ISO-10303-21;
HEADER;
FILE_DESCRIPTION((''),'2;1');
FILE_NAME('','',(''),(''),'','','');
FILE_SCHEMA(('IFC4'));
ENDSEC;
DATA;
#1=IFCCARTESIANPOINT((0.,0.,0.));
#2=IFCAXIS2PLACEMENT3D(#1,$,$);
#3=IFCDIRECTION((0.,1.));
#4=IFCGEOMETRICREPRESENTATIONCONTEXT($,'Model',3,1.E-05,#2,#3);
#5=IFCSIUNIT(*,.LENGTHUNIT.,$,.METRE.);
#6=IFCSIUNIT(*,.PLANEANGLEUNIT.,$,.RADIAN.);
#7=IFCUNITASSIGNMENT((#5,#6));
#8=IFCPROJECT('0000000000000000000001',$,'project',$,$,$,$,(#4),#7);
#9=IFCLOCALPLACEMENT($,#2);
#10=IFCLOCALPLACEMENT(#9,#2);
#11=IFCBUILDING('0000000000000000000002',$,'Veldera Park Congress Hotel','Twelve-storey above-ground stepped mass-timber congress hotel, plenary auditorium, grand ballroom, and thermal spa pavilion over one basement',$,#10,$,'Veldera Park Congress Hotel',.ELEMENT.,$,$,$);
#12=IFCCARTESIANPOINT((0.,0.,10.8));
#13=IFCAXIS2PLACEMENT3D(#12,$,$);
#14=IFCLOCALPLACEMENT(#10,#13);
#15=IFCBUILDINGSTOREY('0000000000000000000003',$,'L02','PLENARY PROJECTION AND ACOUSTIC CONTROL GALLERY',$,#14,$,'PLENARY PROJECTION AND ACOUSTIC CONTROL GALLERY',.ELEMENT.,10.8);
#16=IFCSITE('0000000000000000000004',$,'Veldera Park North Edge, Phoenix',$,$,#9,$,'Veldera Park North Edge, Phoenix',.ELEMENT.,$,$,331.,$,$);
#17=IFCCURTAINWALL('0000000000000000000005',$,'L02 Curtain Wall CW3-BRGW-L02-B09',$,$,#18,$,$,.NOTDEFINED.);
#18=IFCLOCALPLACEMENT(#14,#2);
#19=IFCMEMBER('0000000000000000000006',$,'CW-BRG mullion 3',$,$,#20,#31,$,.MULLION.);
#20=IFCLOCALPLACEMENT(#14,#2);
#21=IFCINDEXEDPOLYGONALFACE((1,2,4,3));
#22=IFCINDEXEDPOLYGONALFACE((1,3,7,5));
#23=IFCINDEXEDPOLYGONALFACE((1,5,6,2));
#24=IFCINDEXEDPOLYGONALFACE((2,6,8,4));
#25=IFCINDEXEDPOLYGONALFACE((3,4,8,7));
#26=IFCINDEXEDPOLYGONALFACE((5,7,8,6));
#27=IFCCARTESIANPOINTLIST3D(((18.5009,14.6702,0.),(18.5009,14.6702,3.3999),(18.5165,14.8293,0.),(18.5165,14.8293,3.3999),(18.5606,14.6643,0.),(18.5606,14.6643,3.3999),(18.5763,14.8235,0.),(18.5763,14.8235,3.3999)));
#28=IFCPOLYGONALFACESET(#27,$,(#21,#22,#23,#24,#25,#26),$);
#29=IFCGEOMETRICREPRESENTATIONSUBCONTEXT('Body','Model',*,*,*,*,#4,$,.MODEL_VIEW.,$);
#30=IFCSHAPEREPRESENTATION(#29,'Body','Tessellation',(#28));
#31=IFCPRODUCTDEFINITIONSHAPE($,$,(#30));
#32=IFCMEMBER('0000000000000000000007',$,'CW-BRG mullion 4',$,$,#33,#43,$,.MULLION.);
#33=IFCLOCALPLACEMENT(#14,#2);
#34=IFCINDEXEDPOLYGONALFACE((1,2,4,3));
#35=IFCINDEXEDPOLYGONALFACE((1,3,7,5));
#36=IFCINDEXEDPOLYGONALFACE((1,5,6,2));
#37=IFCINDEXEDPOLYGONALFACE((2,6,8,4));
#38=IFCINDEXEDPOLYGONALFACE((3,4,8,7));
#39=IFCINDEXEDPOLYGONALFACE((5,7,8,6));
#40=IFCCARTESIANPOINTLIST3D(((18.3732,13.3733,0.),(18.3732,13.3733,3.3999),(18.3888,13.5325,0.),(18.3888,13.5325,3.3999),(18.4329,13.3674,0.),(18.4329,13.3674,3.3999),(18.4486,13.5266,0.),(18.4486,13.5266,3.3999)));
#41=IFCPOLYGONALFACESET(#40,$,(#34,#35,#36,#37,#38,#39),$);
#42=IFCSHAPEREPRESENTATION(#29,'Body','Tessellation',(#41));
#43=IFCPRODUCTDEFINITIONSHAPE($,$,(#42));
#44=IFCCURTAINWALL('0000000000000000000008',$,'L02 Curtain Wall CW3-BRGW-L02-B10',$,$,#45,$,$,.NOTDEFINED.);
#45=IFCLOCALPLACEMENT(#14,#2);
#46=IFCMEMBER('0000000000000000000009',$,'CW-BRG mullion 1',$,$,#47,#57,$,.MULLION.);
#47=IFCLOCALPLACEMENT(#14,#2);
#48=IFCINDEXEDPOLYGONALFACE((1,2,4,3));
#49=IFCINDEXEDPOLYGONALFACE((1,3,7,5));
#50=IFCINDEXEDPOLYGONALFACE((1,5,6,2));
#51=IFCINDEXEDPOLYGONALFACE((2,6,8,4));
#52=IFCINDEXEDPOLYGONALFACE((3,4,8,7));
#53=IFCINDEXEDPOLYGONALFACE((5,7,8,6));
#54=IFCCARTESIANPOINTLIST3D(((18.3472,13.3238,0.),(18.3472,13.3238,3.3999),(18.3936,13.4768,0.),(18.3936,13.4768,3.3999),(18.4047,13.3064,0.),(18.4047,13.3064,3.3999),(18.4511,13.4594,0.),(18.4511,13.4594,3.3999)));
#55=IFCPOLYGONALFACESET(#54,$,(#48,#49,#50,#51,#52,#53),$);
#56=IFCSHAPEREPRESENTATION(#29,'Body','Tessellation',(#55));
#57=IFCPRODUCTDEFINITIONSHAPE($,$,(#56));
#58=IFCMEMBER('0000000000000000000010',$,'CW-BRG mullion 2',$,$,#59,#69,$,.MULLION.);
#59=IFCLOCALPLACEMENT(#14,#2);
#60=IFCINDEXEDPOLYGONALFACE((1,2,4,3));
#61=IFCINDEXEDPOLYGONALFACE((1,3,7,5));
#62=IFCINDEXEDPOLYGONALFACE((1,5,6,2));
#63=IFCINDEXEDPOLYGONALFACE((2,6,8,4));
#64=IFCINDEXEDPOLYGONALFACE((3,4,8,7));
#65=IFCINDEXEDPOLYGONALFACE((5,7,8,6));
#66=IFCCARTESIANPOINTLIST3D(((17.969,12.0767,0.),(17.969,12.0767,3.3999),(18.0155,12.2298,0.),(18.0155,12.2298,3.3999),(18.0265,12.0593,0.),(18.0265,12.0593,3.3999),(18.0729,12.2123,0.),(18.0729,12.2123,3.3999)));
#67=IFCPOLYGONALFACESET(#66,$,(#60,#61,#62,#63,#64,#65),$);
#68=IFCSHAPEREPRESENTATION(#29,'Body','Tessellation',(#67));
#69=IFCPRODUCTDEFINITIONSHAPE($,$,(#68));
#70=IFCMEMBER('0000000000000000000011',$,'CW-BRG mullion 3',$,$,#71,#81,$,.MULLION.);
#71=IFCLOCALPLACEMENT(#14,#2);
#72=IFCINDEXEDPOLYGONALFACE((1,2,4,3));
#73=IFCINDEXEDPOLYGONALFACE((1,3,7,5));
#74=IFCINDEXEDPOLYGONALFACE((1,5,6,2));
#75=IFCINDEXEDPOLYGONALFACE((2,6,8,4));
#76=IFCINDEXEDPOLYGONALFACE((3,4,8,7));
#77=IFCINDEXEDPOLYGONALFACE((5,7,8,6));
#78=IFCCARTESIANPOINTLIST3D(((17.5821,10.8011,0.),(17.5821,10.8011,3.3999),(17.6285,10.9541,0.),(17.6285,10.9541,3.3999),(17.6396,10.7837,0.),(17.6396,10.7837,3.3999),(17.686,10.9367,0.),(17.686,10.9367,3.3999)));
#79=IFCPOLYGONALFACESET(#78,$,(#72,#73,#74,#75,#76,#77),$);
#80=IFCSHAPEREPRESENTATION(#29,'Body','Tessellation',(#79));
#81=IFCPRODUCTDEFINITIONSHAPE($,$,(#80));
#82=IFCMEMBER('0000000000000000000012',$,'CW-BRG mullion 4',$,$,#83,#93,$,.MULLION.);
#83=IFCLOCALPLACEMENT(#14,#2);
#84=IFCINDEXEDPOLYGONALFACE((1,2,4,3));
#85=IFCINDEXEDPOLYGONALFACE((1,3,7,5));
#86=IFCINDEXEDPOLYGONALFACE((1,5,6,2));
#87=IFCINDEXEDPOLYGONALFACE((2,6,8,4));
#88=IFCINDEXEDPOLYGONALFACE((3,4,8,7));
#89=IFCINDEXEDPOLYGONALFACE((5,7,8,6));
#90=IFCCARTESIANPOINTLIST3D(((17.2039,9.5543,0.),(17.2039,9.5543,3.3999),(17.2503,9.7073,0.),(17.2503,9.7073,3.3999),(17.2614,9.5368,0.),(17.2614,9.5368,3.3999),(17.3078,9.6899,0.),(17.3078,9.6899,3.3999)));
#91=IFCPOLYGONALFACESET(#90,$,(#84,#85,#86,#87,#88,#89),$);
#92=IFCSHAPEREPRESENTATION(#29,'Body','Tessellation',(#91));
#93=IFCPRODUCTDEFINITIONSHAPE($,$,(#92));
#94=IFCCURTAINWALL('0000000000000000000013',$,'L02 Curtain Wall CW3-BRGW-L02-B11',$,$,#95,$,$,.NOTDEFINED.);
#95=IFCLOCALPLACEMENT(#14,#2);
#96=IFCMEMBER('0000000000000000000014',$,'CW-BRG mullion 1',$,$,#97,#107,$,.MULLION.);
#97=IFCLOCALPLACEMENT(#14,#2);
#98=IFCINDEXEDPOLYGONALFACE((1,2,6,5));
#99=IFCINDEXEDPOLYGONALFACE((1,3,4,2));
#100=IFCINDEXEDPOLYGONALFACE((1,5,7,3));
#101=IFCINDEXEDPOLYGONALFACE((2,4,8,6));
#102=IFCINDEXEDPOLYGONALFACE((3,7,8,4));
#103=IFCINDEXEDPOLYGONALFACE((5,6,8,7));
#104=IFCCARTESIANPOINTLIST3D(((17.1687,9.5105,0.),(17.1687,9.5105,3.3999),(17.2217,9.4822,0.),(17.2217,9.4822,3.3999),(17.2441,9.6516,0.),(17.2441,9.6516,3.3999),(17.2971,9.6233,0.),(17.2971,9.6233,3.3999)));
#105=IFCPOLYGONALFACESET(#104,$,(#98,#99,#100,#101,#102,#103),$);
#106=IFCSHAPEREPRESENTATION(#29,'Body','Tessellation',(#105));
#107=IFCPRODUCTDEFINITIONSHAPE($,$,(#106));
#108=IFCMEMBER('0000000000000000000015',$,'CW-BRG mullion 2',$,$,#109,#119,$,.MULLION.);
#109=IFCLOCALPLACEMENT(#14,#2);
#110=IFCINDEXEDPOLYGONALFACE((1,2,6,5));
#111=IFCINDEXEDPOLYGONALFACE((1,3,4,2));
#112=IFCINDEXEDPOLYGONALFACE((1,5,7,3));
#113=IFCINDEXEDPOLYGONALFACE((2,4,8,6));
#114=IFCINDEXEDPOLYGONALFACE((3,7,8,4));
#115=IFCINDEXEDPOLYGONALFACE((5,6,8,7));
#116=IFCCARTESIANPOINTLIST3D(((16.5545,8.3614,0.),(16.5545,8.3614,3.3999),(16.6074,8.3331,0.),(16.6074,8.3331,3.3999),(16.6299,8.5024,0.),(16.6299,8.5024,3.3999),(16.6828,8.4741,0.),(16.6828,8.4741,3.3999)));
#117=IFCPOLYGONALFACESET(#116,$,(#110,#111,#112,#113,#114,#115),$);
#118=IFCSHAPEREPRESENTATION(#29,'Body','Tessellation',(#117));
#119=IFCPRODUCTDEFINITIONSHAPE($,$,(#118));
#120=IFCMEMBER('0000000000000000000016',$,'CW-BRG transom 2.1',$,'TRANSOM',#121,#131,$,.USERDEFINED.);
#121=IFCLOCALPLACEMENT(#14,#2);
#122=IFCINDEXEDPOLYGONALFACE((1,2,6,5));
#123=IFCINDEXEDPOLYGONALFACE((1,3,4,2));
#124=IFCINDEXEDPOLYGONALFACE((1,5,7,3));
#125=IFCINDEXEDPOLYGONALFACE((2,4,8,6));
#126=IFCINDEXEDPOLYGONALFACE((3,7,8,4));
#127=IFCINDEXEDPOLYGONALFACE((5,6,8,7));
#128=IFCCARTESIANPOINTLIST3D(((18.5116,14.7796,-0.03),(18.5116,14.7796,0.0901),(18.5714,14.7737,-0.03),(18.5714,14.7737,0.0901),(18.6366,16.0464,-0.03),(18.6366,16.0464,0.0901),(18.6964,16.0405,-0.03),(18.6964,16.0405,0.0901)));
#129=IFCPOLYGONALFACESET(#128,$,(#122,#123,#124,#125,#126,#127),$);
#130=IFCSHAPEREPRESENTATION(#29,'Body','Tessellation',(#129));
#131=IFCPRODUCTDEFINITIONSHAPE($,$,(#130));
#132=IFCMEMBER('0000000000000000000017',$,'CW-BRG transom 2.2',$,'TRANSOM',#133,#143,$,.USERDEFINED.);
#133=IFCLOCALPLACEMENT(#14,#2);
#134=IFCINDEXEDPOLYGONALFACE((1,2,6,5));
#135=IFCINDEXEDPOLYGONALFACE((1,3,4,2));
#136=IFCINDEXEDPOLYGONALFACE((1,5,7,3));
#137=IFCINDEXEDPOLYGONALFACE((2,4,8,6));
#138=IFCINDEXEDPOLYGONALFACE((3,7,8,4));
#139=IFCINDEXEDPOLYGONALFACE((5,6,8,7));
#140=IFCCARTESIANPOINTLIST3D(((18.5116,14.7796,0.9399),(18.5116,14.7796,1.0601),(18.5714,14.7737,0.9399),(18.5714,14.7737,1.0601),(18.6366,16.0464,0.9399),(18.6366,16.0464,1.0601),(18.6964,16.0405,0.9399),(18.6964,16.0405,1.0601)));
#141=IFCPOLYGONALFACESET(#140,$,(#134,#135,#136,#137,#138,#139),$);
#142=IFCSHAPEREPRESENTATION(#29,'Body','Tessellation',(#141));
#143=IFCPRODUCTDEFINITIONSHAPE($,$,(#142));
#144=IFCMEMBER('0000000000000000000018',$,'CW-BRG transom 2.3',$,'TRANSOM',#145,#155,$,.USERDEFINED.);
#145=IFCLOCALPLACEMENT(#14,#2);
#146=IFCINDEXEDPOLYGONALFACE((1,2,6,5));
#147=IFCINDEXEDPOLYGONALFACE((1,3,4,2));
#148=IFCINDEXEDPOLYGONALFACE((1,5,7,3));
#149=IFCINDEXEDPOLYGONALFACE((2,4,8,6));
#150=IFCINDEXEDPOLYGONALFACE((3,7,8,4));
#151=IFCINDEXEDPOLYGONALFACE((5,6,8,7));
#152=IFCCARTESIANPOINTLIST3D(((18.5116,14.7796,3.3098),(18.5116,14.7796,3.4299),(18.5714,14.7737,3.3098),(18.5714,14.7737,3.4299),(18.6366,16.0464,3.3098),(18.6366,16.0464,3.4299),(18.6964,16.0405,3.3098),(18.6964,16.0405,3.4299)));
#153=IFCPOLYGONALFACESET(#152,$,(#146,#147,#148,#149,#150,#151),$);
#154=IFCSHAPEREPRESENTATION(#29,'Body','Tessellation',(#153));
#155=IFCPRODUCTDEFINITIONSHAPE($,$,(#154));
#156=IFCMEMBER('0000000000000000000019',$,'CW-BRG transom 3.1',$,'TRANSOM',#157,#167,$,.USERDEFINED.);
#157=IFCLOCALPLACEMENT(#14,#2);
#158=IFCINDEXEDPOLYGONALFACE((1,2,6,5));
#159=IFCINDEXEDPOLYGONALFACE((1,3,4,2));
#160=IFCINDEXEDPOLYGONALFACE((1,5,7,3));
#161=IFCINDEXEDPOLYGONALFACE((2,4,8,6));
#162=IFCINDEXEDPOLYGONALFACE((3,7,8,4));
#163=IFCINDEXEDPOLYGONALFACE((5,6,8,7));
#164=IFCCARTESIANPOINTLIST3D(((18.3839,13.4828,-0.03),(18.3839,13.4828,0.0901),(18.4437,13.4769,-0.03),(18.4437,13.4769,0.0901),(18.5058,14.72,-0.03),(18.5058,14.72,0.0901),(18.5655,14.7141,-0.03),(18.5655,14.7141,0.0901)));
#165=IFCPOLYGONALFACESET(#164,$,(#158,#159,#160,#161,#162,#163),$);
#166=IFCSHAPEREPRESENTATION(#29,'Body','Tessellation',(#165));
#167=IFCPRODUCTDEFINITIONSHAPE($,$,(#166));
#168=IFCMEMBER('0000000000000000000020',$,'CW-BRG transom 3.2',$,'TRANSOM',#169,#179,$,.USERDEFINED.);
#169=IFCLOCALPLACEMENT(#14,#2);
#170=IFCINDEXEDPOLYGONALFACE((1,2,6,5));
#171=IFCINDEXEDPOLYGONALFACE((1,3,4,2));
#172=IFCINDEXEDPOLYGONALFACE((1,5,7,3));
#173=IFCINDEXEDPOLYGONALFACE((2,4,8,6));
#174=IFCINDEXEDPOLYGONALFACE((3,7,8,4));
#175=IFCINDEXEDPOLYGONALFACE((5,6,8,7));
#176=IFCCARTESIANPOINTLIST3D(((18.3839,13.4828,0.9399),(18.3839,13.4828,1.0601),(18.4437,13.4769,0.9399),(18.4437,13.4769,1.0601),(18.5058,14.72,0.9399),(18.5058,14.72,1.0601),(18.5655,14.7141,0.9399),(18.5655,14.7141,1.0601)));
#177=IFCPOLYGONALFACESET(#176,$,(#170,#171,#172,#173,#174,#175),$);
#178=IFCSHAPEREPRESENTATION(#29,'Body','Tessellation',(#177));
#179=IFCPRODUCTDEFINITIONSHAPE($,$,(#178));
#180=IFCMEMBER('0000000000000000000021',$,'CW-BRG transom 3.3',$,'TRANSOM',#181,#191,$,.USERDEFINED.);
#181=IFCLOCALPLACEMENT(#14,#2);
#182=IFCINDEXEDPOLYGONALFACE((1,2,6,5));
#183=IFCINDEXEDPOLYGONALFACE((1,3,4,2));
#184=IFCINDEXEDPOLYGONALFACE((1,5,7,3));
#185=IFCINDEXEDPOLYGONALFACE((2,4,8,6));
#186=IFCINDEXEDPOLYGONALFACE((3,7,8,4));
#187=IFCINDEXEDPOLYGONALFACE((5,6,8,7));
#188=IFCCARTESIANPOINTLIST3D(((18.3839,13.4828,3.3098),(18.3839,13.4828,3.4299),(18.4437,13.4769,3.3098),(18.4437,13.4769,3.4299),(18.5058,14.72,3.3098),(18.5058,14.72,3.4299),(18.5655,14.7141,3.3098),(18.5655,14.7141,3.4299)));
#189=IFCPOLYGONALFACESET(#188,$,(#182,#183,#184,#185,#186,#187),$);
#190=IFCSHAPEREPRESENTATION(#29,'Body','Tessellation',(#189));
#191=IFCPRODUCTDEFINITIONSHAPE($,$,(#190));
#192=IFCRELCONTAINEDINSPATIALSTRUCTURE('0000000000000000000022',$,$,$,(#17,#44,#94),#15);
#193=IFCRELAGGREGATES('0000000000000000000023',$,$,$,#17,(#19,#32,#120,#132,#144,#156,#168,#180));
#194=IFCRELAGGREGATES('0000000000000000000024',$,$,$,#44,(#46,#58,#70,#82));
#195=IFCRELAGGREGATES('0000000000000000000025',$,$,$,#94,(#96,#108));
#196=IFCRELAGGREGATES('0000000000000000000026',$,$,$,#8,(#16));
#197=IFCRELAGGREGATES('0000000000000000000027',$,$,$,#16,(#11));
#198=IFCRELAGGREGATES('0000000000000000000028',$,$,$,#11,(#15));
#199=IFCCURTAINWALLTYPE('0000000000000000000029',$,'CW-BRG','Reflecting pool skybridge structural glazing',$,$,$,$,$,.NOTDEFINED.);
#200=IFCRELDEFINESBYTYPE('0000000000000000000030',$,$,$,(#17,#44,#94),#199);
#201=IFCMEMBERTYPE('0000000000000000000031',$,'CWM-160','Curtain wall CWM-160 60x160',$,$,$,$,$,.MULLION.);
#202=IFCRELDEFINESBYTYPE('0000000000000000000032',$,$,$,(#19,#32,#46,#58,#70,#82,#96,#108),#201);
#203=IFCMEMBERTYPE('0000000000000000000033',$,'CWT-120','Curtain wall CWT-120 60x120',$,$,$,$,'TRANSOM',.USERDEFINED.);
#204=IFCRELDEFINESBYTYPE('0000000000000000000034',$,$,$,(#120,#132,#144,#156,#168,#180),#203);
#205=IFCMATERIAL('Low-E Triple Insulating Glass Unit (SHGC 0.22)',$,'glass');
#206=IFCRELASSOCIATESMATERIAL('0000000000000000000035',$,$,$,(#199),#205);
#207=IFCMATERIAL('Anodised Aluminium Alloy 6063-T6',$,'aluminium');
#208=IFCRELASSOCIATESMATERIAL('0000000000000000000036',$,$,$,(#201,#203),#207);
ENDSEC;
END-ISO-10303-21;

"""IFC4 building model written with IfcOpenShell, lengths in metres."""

from ifc_helpers import new_model, si_unit, direction, frame, origin, origin_2d, place, context, subcontext, project, spatial, rectangle, extrude, material, material_profile, profile_set, type_object, element, aggregate, save


model = new_model("IFC4")

# Units and contexts
model_context = context("Model", 3, precision=1e-05, world=origin(), true_north=direction((0.0, 1.0)))
body_context = subcontext(model_context, "Body", "Model", "MODEL_VIEW")
ifc_project = project(units=[si_unit("LENGTHUNIT", "METRE"), si_unit("PLANEANGLEUNIT", "RADIAN")], contexts=[model_context])

# Site, building, storey
site_placement = place(None, origin())
site = spatial("IfcSite", under=ifc_project, at=site_placement, Name="Veldera Park North Edge, Phoenix", LongName="Veldera Park North Edge, Phoenix", CompositionType="ELEMENT", RefElevation=331.0)
building_placement = place(site_placement, origin())
building = spatial("IfcBuilding", under=site, at=building_placement, Name="Veldera Park Congress Hotel", Description="Twelve-storey above-ground stepped mass-timber congress hotel, plenary auditorium, grand ballroom, and thermal spa pavilion over one basement", LongName="Veldera Park Congress Hotel", CompositionType="ELEMENT")
storey_placement = place(building_placement, frame((0.0, 0.0, 10.8)))
storey = spatial("IfcBuildingStorey", under=building, at=storey_placement, Name="L02", Description="PLENARY PROJECTION AND ACOUSTIC CONTROL GALLERY", LongName="PLENARY PROJECTION AND ACOUSTIC CONTROL GALLERY", CompositionType="ELEMENT", Elevation=10.8)

# Curtain walls, members
ifc_material_1 = material(Name="Low-E Triple Insulating Glass Unit (SHGC 0.22)", Category="glass")
curtain_wall_type = type_object("IfcCurtainWallType", Name="CW-BRG", Description="Reflecting pool skybridge structural glazing", PredefinedType="NOTDEFINED", material=ifc_material_1)
curtain_wall_1_placement = place(storey_placement, origin())
curtain_wall_1 = element("IfcCurtainWall", 1, at=curtain_wall_1_placement, inside=storey, type_object=curtain_wall_type, Name="L02 Curtain Wall CW3-BRGW-L02-B09", PredefinedType="NOTDEFINED")
ifc_material_2 = material(Name="Anodised Aluminium Alloy 6063-T6", Category="aluminium")
ifc_material_profile_1 = material_profile(ifc_material_2, rectangle(XDim=0.0601, YDim=0.1599, at=origin_2d()), Name="ALU 60x160")
ifc_profile_set_1 = profile_set([ifc_material_profile_1], Name="Anodised Aluminium Alloy 6063-T6")
member_type_1 = type_object("IfcMemberType", Name="CWM-160", Description="Curtain wall CWM-160 60x160", PredefinedType="MULLION", material=ifc_profile_set_1)
member_1_placement = place(storey_placement, frame((18.5386, 14.7468, 0.0), z_axis=(0.0, 0.0, 1.0), x_axis=(0.995184, -0.098023, 0.0)))
member_1 = element("IfcMember", 2, at=member_1_placement, type_object=member_type_1, Name="CW-BRG mullion 3", PredefinedType="MULLION", context=body_context, shape_type="SweptSolid", body=[
    extrude(rectangle(XDim=0.0601, YDim=0.1599, at=origin_2d()), origin(), (0.0, 0.0, 1.0), 3.3999),
])
member_2_placement = place(storey_placement, frame((18.4109, 13.45, 0.0), z_axis=(0.0, 0.0, 1.0), x_axis=(0.995184, -0.098023, 0.0)))
member_2 = element("IfcMember", 3, at=member_2_placement, type_object=member_type_1, Name="CW-BRG mullion 4", PredefinedType="MULLION", context=body_context, shape_type="SweptSolid", body=[
    extrude(rectangle(XDim=0.0601, YDim=0.1599, at=origin_2d()), origin(), (0.0, 0.0, 1.0), 3.3999),
])
curtain_wall_2_placement = place(storey_placement, origin())
curtain_wall_2 = element("IfcCurtainWall", 4, at=curtain_wall_2_placement, inside=storey, type_object=curtain_wall_type, Name="L02 Curtain Wall CW3-BRGW-L02-B10", PredefinedType="NOTDEFINED")
member_3_placement = place(storey_placement, frame((18.3992, 13.3916, 0.0), z_axis=(0.0, 0.0, 1.0), x_axis=(0.956939, -0.29029, 0.0)))
member_3 = element("IfcMember", 5, at=member_3_placement, type_object=member_type_1, Name="CW-BRG mullion 1", PredefinedType="MULLION", context=body_context, shape_type="SweptSolid", body=[
    extrude(rectangle(XDim=0.0601, YDim=0.1599, at=origin_2d()), origin(), (0.0, 0.0, 1.0), 3.3999),
])
member_4_placement = place(storey_placement, frame((18.021, 12.1445, 0.0), z_axis=(0.0, 0.0, 1.0), x_axis=(0.956939, -0.29029, 0.0)))
member_4 = element("IfcMember", 6, at=member_4_placement, type_object=member_type_1, Name="CW-BRG mullion 2", PredefinedType="MULLION", context=body_context, shape_type="SweptSolid", body=[
    extrude(rectangle(XDim=0.0601, YDim=0.1599, at=origin_2d()), origin(), (0.0, 0.0, 1.0), 3.3999),
])
member_5_placement = place(storey_placement, frame((17.634, 10.8689, 0.0), z_axis=(0.0, 0.0, 1.0), x_axis=(0.956939, -0.29029, 0.0)))
member_5 = element("IfcMember", 7, at=member_5_placement, type_object=member_type_1, Name="CW-BRG mullion 3", PredefinedType="MULLION", context=body_context, shape_type="SweptSolid", body=[
    extrude(rectangle(XDim=0.0601, YDim=0.1599, at=origin_2d()), origin(), (0.0, 0.0, 1.0), 3.3999),
])
member_6_placement = place(storey_placement, frame((17.2559, 9.6221, 0.0), z_axis=(0.0, 0.0, 1.0), x_axis=(0.956939, -0.29029, 0.0)))
member_6 = element("IfcMember", 8, at=member_6_placement, type_object=member_type_1, Name="CW-BRG mullion 4", PredefinedType="MULLION", context=body_context, shape_type="SweptSolid", body=[
    extrude(rectangle(XDim=0.0601, YDim=0.1599, at=origin_2d()), origin(), (0.0, 0.0, 1.0), 3.3999),
])
curtain_wall_3_placement = place(storey_placement, origin())
curtain_wall_3 = element("IfcCurtainWall", 9, at=curtain_wall_3_placement, inside=storey, type_object=curtain_wall_type, Name="L02 Curtain Wall CW3-BRGW-L02-B11", PredefinedType="NOTDEFINED")
member_7_placement = place(storey_placement, frame((17.2329, 9.5669, 0.0), z_axis=(0.0, 0.0, 1.0), x_axis=(0.881928, -0.471384, 0.0)))
member_7 = element("IfcMember", 10, at=member_7_placement, type_object=member_type_1, Name="CW-BRG mullion 1", PredefinedType="MULLION", context=body_context, shape_type="SweptSolid", body=[
    extrude(rectangle(XDim=0.0601, YDim=0.1599, at=origin_2d()), origin(), (0.0, 0.0, 1.0), 3.3999),
])
member_8_placement = place(storey_placement, frame((16.6187, 8.4177, 0.0), z_axis=(0.0, 0.0, 1.0), x_axis=(0.881928, -0.471384, 0.0)))
member_8 = element("IfcMember", 11, at=member_8_placement, type_object=member_type_1, Name="CW-BRG mullion 2", PredefinedType="MULLION", context=body_context, shape_type="SweptSolid", body=[
    extrude(rectangle(XDim=0.0601, YDim=0.1599, at=origin_2d()), origin(), (0.0, 0.0, 1.0), 3.3999),
])

# Members
ifc_material_profile_2 = material_profile(ifc_material_2, rectangle(XDim=0.0601, YDim=0.1201, at=origin_2d()), Name="ALU 60x120")
ifc_profile_set_2 = profile_set([ifc_material_profile_2], Name="Anodised Aluminium Alloy 6063-T6")
member_type_2 = type_object("IfcMemberType", Name="CWT-120", Description="Curtain wall CWT-120 60x120", ElementType="TRANSOM", PredefinedType="USERDEFINED", material=ifc_profile_set_2)
member_9_placement = place(storey_placement, frame((18.6665, 16.0435, 0.03), z_axis=(-0.098193, -0.995167, 0.0), x_axis=(0.995167, -0.098193, 0.0)))
member_9 = element("IfcMember", 12, at=member_9_placement, type_object=member_type_2, Name="CW-BRG transom 2.1", ObjectType="TRANSOM", PredefinedType="USERDEFINED", context=body_context, shape_type="SweptSolid", body=[
    extrude(rectangle(XDim=0.0601, YDim=0.1201, at=origin_2d()), origin(), (0.0, 0.0, 1.0), 1.2729),
])
member_10_placement = place(storey_placement, frame((18.6665, 16.0435, 1.0), z_axis=(-0.098193, -0.995167, 0.0), x_axis=(0.995167, -0.098193, 0.0)))
member_10 = element("IfcMember", 13, at=member_10_placement, type_object=member_type_2, Name="CW-BRG transom 2.2", ObjectType="TRANSOM", PredefinedType="USERDEFINED", context=body_context, shape_type="SweptSolid", body=[
    extrude(rectangle(XDim=0.0601, YDim=0.1201, at=origin_2d()), origin(), (0.0, 0.0, 1.0), 1.2729),
])
member_11_placement = place(storey_placement, frame((18.6665, 16.0435, 3.3699), z_axis=(-0.098193, -0.995167, 0.0), x_axis=(0.995167, -0.098193, 0.0)))
member_11 = element("IfcMember", 14, at=member_11_placement, type_object=member_type_2, Name="CW-BRG transom 2.3", ObjectType="TRANSOM", PredefinedType="USERDEFINED", context=body_context, shape_type="SweptSolid", body=[
    extrude(rectangle(XDim=0.0601, YDim=0.1201, at=origin_2d()), origin(), (0.0, 0.0, 1.0), 1.2729),
])
member_12_placement = place(storey_placement, frame((18.5356, 14.717, 0.03), z_axis=(-0.098006, -0.995186, 0.0), x_axis=(0.995186, -0.098006, 0.0)))
member_12 = element("IfcMember", 15, at=member_12_placement, type_object=member_type_2, Name="CW-BRG transom 3.1", ObjectType="TRANSOM", PredefinedType="USERDEFINED", context=body_context, shape_type="SweptSolid", body=[
    extrude(rectangle(XDim=0.0601, YDim=0.1201, at=origin_2d()), origin(), (0.0, 0.0, 1.0), 1.2432),
])
member_13_placement = place(storey_placement, frame((18.5356, 14.717, 1.0), z_axis=(-0.098006, -0.995186, 0.0), x_axis=(0.995186, -0.098006, 0.0)))
member_13 = element("IfcMember", 16, at=member_13_placement, type_object=member_type_2, Name="CW-BRG transom 3.2", ObjectType="TRANSOM", PredefinedType="USERDEFINED", context=body_context, shape_type="SweptSolid", body=[
    extrude(rectangle(XDim=0.0601, YDim=0.1201, at=origin_2d()), origin(), (0.0, 0.0, 1.0), 1.2432),
])
member_14_placement = place(storey_placement, frame((18.5356, 14.717, 3.3699), z_axis=(-0.098006, -0.995186, 0.0), x_axis=(0.995186, -0.098006, 0.0)))
member_14 = element("IfcMember", 17, at=member_14_placement, type_object=member_type_2, Name="CW-BRG transom 3.3", ObjectType="TRANSOM", PredefinedType="USERDEFINED", context=body_context, shape_type="SweptSolid", body=[
    extrude(rectangle(XDim=0.0601, YDim=0.1201, at=origin_2d()), origin(), (0.0, 0.0, 1.0), 1.2432),
])

aggregate(curtain_wall_1, [member_1, member_2, member_9, member_10, member_11, member_12, member_13, member_14])
aggregate(curtain_wall_2, [member_3, member_4, member_5, member_6])
aggregate(curtain_wall_3, [member_7, member_8])

save(model, "model.ifc")
